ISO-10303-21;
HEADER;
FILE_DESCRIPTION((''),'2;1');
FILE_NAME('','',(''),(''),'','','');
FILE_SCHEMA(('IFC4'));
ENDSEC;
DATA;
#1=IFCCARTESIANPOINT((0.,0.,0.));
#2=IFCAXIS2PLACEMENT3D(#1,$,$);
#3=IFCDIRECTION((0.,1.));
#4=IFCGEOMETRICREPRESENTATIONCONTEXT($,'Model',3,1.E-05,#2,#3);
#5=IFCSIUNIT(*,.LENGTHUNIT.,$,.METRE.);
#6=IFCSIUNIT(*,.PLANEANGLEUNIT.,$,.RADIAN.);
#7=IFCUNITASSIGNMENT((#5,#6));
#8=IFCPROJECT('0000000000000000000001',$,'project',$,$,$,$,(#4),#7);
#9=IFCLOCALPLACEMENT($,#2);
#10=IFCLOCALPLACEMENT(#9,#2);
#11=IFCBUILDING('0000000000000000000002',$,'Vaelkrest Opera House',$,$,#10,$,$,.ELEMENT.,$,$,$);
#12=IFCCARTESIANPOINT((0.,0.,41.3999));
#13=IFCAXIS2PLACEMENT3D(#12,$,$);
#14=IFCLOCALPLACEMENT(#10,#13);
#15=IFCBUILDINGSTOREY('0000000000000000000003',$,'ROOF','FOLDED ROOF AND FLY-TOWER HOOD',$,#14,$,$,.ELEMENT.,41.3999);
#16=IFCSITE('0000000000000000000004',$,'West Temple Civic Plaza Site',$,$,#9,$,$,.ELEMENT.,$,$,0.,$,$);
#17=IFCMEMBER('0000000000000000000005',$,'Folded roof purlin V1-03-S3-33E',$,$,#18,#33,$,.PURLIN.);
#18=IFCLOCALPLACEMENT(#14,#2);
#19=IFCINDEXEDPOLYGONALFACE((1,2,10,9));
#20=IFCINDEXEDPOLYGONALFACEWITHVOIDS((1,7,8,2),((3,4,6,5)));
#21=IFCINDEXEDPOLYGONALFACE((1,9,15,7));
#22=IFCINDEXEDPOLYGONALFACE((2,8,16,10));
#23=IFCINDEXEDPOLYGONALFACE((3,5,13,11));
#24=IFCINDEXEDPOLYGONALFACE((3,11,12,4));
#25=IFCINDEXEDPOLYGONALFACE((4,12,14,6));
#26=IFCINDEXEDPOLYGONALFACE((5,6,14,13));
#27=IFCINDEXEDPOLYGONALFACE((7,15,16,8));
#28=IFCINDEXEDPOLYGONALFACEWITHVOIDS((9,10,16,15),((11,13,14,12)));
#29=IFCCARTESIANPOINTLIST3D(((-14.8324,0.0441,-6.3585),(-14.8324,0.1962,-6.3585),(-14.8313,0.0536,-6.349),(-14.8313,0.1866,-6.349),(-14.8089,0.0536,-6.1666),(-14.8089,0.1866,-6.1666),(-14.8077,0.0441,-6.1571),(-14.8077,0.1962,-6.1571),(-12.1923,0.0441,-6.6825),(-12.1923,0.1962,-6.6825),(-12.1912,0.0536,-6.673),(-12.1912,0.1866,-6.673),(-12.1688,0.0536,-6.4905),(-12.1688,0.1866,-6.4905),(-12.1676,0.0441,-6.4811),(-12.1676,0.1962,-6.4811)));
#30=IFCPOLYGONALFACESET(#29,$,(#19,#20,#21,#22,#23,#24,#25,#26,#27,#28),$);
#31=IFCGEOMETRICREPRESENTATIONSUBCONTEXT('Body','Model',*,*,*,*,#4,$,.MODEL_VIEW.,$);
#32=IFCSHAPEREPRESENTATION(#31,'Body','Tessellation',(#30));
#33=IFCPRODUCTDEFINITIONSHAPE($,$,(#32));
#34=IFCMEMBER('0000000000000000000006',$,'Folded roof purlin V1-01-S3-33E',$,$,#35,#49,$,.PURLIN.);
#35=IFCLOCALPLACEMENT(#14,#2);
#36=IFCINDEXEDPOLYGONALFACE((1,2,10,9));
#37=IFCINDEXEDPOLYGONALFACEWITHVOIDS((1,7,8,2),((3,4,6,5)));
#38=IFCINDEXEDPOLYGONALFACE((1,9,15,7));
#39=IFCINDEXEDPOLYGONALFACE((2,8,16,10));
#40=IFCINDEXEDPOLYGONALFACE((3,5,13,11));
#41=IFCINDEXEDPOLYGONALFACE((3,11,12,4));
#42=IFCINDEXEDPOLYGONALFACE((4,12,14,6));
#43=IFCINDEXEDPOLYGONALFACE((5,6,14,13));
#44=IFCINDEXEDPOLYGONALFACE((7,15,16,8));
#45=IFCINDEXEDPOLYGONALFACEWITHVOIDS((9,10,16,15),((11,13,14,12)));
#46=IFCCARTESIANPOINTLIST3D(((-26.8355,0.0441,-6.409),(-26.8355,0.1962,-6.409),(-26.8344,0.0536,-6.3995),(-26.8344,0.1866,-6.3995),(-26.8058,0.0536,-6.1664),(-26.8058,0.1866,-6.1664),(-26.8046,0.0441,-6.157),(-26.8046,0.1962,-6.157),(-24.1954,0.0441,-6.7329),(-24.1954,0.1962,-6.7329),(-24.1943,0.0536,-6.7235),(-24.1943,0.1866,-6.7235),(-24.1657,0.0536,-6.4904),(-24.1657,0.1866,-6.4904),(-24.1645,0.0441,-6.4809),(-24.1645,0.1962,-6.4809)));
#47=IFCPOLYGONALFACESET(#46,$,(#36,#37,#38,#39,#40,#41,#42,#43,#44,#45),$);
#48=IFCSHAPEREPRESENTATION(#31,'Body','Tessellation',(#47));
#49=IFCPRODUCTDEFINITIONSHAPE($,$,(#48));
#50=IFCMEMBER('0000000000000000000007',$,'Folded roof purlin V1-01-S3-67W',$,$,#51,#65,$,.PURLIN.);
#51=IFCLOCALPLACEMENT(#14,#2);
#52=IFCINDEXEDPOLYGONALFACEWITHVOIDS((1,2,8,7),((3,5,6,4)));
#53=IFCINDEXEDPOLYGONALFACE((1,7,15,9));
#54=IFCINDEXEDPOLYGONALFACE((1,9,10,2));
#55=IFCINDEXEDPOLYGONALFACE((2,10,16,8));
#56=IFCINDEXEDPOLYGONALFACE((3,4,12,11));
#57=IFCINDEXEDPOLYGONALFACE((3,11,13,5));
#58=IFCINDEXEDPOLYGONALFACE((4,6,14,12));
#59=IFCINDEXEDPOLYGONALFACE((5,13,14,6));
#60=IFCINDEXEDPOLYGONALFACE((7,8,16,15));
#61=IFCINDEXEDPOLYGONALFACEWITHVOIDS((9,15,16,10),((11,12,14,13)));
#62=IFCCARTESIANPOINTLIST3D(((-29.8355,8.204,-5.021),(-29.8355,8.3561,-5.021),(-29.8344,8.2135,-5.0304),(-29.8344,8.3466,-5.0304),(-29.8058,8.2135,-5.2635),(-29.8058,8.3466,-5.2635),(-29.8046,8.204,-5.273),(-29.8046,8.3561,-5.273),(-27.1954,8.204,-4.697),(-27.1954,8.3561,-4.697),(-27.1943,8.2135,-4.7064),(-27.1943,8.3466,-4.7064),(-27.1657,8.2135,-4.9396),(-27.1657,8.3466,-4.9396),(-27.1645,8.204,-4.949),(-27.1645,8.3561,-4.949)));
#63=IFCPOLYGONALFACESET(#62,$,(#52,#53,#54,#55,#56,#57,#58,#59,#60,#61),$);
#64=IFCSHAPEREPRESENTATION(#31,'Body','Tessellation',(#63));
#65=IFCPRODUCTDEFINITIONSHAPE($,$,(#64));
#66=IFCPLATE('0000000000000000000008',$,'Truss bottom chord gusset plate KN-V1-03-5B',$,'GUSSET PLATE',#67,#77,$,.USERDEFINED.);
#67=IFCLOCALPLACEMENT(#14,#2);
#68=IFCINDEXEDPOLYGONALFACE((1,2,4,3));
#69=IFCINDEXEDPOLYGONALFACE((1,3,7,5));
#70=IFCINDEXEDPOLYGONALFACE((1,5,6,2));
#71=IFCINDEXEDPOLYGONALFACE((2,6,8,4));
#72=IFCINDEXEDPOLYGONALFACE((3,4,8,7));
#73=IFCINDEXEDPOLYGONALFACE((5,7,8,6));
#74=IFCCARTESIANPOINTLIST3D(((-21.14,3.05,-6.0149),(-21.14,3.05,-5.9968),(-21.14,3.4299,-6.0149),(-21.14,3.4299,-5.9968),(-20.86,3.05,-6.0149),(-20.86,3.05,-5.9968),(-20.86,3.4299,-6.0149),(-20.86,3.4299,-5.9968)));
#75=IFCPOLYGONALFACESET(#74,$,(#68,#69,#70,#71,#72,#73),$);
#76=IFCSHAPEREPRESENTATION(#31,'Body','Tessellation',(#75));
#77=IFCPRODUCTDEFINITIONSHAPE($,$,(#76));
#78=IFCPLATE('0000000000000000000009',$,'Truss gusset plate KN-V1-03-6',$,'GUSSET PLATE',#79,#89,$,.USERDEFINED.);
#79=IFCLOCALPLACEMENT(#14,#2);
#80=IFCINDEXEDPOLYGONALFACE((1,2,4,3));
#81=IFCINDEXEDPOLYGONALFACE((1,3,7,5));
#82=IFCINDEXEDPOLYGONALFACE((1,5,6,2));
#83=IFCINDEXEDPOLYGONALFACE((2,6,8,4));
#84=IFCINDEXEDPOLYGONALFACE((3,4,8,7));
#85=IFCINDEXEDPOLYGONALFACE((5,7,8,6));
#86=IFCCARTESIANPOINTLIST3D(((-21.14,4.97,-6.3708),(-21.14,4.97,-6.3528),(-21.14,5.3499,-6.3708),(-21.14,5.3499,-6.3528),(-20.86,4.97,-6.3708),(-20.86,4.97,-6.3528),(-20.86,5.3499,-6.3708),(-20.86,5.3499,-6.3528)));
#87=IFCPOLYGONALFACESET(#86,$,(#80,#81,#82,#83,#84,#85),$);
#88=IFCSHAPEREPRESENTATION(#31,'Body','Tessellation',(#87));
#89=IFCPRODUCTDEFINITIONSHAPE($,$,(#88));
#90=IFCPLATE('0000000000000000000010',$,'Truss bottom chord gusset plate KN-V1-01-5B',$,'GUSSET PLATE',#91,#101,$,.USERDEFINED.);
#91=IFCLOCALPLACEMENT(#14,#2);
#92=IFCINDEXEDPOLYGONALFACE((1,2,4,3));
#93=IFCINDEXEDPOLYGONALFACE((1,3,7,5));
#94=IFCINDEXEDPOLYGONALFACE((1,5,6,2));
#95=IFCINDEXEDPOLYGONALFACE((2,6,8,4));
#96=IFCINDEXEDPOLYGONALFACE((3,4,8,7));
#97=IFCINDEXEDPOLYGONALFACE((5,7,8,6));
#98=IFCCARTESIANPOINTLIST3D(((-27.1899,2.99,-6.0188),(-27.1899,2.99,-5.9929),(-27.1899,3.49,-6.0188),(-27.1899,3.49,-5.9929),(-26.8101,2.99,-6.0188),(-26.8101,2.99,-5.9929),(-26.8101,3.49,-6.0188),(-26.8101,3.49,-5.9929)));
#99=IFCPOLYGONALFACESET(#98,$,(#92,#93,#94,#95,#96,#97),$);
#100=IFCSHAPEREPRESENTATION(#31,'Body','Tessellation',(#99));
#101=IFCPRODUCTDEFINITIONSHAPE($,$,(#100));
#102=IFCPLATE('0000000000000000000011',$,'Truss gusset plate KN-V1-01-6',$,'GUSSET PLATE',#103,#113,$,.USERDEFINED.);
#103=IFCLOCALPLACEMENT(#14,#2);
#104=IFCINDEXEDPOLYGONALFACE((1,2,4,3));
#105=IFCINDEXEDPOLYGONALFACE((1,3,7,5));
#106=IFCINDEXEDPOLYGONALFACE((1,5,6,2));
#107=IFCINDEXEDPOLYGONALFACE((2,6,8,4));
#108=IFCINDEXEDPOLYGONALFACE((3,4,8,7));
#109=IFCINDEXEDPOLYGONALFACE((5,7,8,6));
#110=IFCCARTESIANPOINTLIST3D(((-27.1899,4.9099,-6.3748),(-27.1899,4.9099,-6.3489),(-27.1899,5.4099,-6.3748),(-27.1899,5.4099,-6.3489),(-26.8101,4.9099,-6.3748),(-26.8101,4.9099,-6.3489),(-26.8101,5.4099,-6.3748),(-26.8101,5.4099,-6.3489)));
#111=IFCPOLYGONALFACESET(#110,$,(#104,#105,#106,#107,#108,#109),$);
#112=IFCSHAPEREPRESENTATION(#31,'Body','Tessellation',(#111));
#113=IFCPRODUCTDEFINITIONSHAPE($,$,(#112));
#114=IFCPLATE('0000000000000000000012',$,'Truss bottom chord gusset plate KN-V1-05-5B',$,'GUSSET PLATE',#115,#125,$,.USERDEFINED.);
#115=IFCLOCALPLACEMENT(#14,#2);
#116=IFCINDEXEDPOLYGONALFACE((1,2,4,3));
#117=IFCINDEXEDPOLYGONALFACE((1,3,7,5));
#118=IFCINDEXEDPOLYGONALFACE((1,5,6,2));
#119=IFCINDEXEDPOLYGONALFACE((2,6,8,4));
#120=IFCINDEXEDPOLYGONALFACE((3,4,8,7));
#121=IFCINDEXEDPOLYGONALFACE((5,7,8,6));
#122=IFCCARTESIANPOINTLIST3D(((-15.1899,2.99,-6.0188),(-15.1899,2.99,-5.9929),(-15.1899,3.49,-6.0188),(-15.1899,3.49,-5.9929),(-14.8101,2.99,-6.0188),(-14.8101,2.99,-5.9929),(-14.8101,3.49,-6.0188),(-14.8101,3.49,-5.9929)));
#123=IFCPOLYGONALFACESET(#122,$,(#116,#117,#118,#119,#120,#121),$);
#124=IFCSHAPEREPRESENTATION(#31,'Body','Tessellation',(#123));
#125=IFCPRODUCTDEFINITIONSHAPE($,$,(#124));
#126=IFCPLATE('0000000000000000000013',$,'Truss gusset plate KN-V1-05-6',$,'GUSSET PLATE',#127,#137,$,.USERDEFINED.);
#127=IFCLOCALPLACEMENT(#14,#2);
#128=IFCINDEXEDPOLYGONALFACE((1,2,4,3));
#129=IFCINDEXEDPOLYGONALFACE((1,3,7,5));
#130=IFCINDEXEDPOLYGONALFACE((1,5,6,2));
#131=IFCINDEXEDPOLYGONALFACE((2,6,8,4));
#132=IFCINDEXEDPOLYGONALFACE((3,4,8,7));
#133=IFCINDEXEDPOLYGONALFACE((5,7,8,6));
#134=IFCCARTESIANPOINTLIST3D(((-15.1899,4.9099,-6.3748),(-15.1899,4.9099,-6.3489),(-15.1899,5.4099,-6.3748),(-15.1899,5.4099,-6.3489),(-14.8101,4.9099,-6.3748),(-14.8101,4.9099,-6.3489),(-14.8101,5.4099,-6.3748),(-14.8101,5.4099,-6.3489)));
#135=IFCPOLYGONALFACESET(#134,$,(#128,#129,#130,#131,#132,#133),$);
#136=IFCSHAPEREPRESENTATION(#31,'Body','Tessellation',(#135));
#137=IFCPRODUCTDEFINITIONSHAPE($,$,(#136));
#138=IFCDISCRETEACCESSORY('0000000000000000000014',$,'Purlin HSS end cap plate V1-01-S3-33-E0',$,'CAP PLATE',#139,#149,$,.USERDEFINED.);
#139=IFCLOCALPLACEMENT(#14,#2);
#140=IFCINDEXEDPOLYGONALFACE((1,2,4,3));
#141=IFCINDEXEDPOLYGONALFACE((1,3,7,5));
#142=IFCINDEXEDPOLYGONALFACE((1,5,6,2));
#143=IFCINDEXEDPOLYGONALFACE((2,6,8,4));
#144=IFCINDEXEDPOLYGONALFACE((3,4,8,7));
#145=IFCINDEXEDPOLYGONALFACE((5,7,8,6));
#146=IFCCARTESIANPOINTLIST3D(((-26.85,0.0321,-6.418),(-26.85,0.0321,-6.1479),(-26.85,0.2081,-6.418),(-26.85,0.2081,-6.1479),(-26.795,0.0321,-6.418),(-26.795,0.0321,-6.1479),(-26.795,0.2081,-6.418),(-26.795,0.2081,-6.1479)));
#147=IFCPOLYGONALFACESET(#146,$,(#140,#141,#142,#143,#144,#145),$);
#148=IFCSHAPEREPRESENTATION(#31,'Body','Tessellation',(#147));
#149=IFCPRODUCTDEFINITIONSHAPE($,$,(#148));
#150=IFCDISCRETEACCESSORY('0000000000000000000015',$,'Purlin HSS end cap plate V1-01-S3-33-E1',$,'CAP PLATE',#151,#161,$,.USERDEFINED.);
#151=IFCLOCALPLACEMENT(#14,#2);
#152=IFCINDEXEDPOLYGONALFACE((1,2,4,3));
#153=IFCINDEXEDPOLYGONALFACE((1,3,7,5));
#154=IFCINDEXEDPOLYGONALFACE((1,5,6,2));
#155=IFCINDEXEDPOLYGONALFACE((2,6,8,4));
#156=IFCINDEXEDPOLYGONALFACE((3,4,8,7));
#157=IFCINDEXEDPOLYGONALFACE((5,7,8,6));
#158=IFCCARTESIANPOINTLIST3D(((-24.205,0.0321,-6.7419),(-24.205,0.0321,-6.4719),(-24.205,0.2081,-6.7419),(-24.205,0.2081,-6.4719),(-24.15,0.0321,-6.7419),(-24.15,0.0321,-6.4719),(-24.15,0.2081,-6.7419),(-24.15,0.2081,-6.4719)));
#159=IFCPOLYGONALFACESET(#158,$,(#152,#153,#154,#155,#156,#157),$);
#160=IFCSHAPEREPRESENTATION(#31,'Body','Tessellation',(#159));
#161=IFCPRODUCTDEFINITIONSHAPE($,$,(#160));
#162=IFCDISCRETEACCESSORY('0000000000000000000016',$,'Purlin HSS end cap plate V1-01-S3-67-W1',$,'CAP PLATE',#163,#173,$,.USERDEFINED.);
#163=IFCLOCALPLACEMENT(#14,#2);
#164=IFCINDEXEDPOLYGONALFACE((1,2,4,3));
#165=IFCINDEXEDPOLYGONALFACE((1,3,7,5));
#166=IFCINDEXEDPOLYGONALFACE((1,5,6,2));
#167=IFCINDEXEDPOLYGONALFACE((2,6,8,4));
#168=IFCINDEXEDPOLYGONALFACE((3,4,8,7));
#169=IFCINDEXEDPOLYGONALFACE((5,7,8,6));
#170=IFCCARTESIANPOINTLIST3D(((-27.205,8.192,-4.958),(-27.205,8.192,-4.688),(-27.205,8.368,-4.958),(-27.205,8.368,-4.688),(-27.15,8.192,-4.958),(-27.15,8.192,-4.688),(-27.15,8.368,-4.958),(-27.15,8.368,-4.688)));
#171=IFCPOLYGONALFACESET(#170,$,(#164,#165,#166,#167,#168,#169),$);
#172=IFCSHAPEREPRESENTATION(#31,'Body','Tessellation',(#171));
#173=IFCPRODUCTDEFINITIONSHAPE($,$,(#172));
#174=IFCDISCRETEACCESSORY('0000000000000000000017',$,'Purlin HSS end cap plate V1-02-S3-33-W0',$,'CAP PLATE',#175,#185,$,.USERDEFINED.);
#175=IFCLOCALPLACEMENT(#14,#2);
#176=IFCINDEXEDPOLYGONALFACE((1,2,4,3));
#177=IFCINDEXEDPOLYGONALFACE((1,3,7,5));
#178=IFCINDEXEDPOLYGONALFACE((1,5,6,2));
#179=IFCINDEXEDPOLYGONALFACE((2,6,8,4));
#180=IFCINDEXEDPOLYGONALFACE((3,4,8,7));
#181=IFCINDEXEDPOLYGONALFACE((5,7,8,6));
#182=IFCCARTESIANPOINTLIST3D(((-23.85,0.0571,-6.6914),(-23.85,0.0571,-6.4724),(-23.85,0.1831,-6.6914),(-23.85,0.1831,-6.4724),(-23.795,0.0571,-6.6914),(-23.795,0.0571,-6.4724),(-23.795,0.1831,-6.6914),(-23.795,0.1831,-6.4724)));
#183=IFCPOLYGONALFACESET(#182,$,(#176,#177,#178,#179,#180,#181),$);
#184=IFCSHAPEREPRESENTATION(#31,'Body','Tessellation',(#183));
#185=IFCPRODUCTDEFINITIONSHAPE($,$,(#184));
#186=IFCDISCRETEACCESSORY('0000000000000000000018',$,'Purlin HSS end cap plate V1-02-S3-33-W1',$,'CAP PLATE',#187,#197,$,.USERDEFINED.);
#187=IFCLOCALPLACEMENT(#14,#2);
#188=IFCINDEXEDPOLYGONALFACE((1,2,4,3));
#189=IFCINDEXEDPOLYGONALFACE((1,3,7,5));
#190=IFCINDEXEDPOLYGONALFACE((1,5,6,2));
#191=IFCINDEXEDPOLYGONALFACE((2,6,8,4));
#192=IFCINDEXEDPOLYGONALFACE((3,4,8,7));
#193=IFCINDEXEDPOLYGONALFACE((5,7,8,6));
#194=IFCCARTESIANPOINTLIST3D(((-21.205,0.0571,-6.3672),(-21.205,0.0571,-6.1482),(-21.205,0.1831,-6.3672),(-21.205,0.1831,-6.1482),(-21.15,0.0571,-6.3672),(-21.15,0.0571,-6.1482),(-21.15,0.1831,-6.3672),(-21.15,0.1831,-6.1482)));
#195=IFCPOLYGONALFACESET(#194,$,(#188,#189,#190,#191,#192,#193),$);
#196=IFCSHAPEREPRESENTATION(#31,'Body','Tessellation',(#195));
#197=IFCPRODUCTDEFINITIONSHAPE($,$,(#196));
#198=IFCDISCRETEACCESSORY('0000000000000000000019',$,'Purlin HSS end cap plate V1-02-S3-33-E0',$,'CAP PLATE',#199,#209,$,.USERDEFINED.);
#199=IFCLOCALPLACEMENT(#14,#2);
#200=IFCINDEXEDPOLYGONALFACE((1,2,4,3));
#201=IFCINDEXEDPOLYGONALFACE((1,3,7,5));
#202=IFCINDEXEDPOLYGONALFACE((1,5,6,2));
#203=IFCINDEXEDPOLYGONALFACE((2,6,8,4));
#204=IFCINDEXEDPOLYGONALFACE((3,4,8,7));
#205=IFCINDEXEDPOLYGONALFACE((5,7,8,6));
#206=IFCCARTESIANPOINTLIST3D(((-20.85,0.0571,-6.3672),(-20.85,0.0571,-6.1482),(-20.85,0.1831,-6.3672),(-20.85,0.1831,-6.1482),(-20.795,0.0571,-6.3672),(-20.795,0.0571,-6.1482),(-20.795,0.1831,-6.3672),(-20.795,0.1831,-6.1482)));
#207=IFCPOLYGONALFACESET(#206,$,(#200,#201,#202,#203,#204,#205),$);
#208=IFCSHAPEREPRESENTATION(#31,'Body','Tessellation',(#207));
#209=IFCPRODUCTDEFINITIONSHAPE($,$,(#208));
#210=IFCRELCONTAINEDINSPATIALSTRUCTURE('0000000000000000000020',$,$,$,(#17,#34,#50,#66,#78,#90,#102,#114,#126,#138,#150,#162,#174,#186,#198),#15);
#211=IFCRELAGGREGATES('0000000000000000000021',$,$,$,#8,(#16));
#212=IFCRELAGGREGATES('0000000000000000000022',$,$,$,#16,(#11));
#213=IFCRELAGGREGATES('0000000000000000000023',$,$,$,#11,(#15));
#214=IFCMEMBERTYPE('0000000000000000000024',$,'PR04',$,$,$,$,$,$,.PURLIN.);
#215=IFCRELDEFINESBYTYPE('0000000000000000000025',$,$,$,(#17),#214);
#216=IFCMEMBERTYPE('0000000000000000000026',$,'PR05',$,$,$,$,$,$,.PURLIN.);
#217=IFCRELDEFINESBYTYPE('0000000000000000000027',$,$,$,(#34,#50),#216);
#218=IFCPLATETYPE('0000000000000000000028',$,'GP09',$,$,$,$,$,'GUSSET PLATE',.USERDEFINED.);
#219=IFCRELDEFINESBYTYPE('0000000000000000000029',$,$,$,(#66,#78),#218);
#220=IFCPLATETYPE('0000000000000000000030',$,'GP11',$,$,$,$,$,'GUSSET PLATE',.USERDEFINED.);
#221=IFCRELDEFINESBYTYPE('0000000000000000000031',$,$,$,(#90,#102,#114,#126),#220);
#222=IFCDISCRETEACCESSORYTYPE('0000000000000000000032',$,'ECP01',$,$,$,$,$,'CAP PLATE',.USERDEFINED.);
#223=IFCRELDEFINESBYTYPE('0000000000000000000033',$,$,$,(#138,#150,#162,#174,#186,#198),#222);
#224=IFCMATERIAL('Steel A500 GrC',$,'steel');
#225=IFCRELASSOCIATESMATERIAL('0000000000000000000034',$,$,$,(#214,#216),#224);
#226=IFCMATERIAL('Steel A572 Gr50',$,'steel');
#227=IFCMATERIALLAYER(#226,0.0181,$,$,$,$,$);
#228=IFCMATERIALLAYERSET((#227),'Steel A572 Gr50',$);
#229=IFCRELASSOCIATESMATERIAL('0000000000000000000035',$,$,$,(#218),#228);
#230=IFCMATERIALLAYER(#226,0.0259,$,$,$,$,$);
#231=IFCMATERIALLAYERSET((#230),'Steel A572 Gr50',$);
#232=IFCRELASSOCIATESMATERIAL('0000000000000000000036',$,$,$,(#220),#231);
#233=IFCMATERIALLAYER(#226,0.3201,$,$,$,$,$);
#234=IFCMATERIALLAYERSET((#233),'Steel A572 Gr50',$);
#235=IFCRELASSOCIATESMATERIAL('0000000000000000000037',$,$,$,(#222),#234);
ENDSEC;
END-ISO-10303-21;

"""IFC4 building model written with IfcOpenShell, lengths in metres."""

from ifc_helpers import new_model, si_unit, direction, frame, origin, origin_2d, place, context, subcontext, project, spatial, rectangle, hollow_rectangle, extrude, material, layer, layer_set, material_profile, profile_set, type_object, element, save


model = new_model("IFC4")

# Units and contexts
model_context = context("Model", 3, precision=1e-05, world=origin(), true_north=direction((0.0, 1.0)))
body_context = subcontext(model_context, "Body", "Model", "MODEL_VIEW")
ifc_project = project(units=[si_unit("LENGTHUNIT", "METRE"), si_unit("PLANEANGLEUNIT", "RADIAN")], contexts=[model_context])

# Site, building, storey
site_placement = place(None, origin())
site = spatial("IfcSite", under=ifc_project, at=site_placement, Name="West Temple Civic Plaza Site", CompositionType="ELEMENT", RefElevation=0.0)
building_placement = place(site_placement, origin())
building = spatial("IfcBuilding", under=site, at=building_placement, Name="Vaelkrest Opera House", CompositionType="ELEMENT")
storey_placement = place(building_placement, frame((0.0, 0.0, 41.3999)))
storey = spatial("IfcBuildingStorey", under=building, at=storey_placement, Name="ROOF", Description="FOLDED ROOF AND FLY-TOWER HOOD", CompositionType="ELEMENT", Elevation=41.3999)

# Members
ifc_material_1 = material(Name="Steel A500 GrC", Category="steel")
ifc_material_profile_1 = material_profile(ifc_material_1, hollow_rectangle(XDim=0.1521, YDim=0.2029, WallThickness=0.0095, at=origin_2d()), Name="HSS203X152X9.5")
ifc_profile_set_1 = profile_set([ifc_material_profile_1], Name="Steel A500 GrC")
member_type_1 = type_object("IfcMemberType", Name="PR04", PredefinedType="PURLIN", material=ifc_profile_set_1)
for number, where, z_axis, x_axis, name in (
    (1, (-14.8201, 0.1201, -6.2578), (0.992555, 0.0, -0.121798), (0.0, 1.0, 0.0), "Folded roof purlin V1-03-S3-33E"),
):
    element("IfcMember", number, at=place(storey_placement, frame(where, z_axis=z_axis, x_axis=x_axis)), inside=storey, type_object=member_type_1, Name=name, PredefinedType="PURLIN", context=body_context, shape_type="SweptSolid", body=[
        extrude(hollow_rectangle(XDim=0.1521, YDim=0.2029, WallThickness=0.0095, at=origin_2d()), origin(), (0.0, 0.0, 1.0), 2.6599),
    ])
ifc_material_profile_2 = material_profile(ifc_material_1, hollow_rectangle(XDim=0.1521, YDim=0.2539, WallThickness=0.0095, at=origin_2d()), Name="HSS254X152X9.5")
ifc_profile_set_2 = profile_set([ifc_material_profile_2], Name="Steel A500 GrC")
member_type_2 = type_object("IfcMemberType", Name="PR05", PredefinedType="PURLIN", material=ifc_profile_set_2)
for number, where, z_axis, x_axis, name in (
    (2, (-26.8201, 0.1201, -6.283), (0.992555, 0.0, -0.121798), (0.0, 1.0, 0.0), "Folded roof purlin V1-01-S3-33E"),
    (3, (-29.8201, 8.28, -5.147), (0.992555, 0.0, 0.121798), (0.0, 1.0, 0.0), "Folded roof purlin V1-01-S3-67W"),
):
    element("IfcMember", number, at=place(storey_placement, frame(where, z_axis=z_axis, x_axis=x_axis)), inside=storey, type_object=member_type_2, Name=name, PredefinedType="PURLIN", context=body_context, shape_type="SweptSolid", body=[
        extrude(hollow_rectangle(XDim=0.1521, YDim=0.2539, WallThickness=0.0095, at=origin_2d()), origin(), (0.0, 0.0, 1.0), 2.6599),
    ])

# Plates
ifc_material_2 = material(Name="Steel A572 Gr50", Category="steel")
ifc_layer_1 = layer(ifc_material_2, 0.0181)
ifc_layer_set_1 = layer_set([ifc_layer_1], Name="Steel A572 Gr50")
plate_type_1 = type_object("IfcPlateType", Name="GP09", ElementType="GUSSET PLATE", PredefinedType="USERDEFINED", material=ifc_layer_set_1)
for number, where, z_axis, x_axis, name in (
    (4, (-21.0, 3.24, -6.0149), (0.0, 0.0, 1.0), (0.0, 1.0, 0.0), "Truss bottom chord gusset plate KN-V1-03-5B"),
    (5, (-21.0, 5.1599, -6.3708), (0.0, 0.0, 1.0), (0.0, 1.0, 0.0), "Truss gusset plate KN-V1-03-6"),
):
    element("IfcPlate", number, at=place(storey_placement, frame(where, z_axis=z_axis, x_axis=x_axis)), inside=storey, type_object=plate_type_1, Name=name, ObjectType="GUSSET PLATE", PredefinedType="USERDEFINED", context=body_context, shape_type="SweptSolid", body=[
        extrude(rectangle(XDim=0.3799, YDim=0.28, at=origin_2d()), origin(), (0.0, 0.0, 1.0), 0.0181),
    ])
ifc_layer_2 = layer(ifc_material_2, 0.0259)
ifc_layer_set_2 = layer_set([ifc_layer_2], Name="Steel A572 Gr50")
plate_type_2 = type_object("IfcPlateType", Name="GP11", ElementType="GUSSET PLATE", PredefinedType="USERDEFINED", material=ifc_layer_set_2)
for number, where, z_axis, x_axis, name in (
    (6, (-27.0, 3.24, -6.0188), (0.0, 0.0, 1.0), (0.0, 1.0, 0.0), "Truss bottom chord gusset plate KN-V1-01-5B"),
    (7, (-27.0, 5.1599, -6.3748), (0.0, 0.0, 1.0), (0.0, 1.0, 0.0), "Truss gusset plate KN-V1-01-6"),
    (8, (-15.0, 3.24, -6.0188), (0.0, 0.0, 1.0), (0.0, 1.0, 0.0), "Truss bottom chord gusset plate KN-V1-05-5B"),
    (9, (-15.0, 5.1599, -6.3748), (0.0, 0.0, 1.0), (0.0, 1.0, 0.0), "Truss gusset plate KN-V1-05-6"),
):
    element("IfcPlate", number, at=place(storey_placement, frame(where, z_axis=z_axis, x_axis=x_axis)), inside=storey, type_object=plate_type_2, Name=name, ObjectType="GUSSET PLATE", PredefinedType="USERDEFINED", context=body_context, shape_type="SweptSolid", body=[
        extrude(rectangle(XDim=0.5, YDim=0.3799, at=origin_2d()), origin(), (0.0, 0.0, 1.0), 0.0259),
    ])

# Discrete accessories
ifc_layer_3 = layer(ifc_material_2, 0.3201)
ifc_layer_set_3 = layer_set([ifc_layer_3], Name="Steel A572 Gr50")
discrete_accessory_type = type_object("IfcDiscreteAccessoryType", Name="ECP01", ElementType="CAP PLATE", PredefinedType="USERDEFINED", material=ifc_layer_set_3)
for number, where, z_axis, x_axis, name in (
    (10, (-26.8225, 0.1201, -6.418), (0.0, 0.0, 1.0), (1.0, 0.0, 0.0), "Purlin HSS end cap plate V1-01-S3-33-E0"),
    (11, (-24.1775, 0.1201, -6.7419), (0.0, 0.0, 1.0), (1.0, 0.0, 0.0), "Purlin HSS end cap plate V1-01-S3-33-E1"),
    (12, (-27.1775, 8.28, -4.958), (0.0, 0.0, 1.0), (1.0, 0.0, 0.0), "Purlin HSS end cap plate V1-01-S3-67-W1"),
):
    element("IfcDiscreteAccessory", number, at=place(storey_placement, frame(where, z_axis=z_axis, x_axis=x_axis)), inside=storey, type_object=discrete_accessory_type, Name=name, ObjectType="CAP PLATE", PredefinedType="USERDEFINED", context=body_context, shape_type="SweptSolid", body=[
        extrude(rectangle(XDim=0.0549, YDim=0.176, at=origin_2d()), origin(), (0.0, 0.0, 1.0), 0.27),
    ])
for number, where, z_axis, x_axis, name in (
    (13, (-23.8225, 0.1201, -6.6914), (0.0, 0.0, 1.0), (1.0, 0.0, 0.0), "Purlin HSS end cap plate V1-02-S3-33-W0"),
    (14, (-21.1775, 0.1201, -6.3672), (0.0, 0.0, 1.0), (1.0, 0.0, 0.0), "Purlin HSS end cap plate V1-02-S3-33-W1"),
    (15, (-20.8225, 0.1201, -6.3672), (0.0, 0.0, 1.0), (1.0, 0.0, 0.0), "Purlin HSS end cap plate V1-02-S3-33-E0"),
):
    element("IfcDiscreteAccessory", number, at=place(storey_placement, frame(where, z_axis=z_axis, x_axis=x_axis)), inside=storey, type_object=discrete_accessory_type, Name=name, ObjectType="CAP PLATE", PredefinedType="USERDEFINED", context=body_context, shape_type="SweptSolid", body=[
        extrude(rectangle(XDim=0.0549, YDim=0.126, at=origin_2d()), origin(), (0.0, 0.0, 1.0), 0.219),
    ])

save(model, "model.ifc")
